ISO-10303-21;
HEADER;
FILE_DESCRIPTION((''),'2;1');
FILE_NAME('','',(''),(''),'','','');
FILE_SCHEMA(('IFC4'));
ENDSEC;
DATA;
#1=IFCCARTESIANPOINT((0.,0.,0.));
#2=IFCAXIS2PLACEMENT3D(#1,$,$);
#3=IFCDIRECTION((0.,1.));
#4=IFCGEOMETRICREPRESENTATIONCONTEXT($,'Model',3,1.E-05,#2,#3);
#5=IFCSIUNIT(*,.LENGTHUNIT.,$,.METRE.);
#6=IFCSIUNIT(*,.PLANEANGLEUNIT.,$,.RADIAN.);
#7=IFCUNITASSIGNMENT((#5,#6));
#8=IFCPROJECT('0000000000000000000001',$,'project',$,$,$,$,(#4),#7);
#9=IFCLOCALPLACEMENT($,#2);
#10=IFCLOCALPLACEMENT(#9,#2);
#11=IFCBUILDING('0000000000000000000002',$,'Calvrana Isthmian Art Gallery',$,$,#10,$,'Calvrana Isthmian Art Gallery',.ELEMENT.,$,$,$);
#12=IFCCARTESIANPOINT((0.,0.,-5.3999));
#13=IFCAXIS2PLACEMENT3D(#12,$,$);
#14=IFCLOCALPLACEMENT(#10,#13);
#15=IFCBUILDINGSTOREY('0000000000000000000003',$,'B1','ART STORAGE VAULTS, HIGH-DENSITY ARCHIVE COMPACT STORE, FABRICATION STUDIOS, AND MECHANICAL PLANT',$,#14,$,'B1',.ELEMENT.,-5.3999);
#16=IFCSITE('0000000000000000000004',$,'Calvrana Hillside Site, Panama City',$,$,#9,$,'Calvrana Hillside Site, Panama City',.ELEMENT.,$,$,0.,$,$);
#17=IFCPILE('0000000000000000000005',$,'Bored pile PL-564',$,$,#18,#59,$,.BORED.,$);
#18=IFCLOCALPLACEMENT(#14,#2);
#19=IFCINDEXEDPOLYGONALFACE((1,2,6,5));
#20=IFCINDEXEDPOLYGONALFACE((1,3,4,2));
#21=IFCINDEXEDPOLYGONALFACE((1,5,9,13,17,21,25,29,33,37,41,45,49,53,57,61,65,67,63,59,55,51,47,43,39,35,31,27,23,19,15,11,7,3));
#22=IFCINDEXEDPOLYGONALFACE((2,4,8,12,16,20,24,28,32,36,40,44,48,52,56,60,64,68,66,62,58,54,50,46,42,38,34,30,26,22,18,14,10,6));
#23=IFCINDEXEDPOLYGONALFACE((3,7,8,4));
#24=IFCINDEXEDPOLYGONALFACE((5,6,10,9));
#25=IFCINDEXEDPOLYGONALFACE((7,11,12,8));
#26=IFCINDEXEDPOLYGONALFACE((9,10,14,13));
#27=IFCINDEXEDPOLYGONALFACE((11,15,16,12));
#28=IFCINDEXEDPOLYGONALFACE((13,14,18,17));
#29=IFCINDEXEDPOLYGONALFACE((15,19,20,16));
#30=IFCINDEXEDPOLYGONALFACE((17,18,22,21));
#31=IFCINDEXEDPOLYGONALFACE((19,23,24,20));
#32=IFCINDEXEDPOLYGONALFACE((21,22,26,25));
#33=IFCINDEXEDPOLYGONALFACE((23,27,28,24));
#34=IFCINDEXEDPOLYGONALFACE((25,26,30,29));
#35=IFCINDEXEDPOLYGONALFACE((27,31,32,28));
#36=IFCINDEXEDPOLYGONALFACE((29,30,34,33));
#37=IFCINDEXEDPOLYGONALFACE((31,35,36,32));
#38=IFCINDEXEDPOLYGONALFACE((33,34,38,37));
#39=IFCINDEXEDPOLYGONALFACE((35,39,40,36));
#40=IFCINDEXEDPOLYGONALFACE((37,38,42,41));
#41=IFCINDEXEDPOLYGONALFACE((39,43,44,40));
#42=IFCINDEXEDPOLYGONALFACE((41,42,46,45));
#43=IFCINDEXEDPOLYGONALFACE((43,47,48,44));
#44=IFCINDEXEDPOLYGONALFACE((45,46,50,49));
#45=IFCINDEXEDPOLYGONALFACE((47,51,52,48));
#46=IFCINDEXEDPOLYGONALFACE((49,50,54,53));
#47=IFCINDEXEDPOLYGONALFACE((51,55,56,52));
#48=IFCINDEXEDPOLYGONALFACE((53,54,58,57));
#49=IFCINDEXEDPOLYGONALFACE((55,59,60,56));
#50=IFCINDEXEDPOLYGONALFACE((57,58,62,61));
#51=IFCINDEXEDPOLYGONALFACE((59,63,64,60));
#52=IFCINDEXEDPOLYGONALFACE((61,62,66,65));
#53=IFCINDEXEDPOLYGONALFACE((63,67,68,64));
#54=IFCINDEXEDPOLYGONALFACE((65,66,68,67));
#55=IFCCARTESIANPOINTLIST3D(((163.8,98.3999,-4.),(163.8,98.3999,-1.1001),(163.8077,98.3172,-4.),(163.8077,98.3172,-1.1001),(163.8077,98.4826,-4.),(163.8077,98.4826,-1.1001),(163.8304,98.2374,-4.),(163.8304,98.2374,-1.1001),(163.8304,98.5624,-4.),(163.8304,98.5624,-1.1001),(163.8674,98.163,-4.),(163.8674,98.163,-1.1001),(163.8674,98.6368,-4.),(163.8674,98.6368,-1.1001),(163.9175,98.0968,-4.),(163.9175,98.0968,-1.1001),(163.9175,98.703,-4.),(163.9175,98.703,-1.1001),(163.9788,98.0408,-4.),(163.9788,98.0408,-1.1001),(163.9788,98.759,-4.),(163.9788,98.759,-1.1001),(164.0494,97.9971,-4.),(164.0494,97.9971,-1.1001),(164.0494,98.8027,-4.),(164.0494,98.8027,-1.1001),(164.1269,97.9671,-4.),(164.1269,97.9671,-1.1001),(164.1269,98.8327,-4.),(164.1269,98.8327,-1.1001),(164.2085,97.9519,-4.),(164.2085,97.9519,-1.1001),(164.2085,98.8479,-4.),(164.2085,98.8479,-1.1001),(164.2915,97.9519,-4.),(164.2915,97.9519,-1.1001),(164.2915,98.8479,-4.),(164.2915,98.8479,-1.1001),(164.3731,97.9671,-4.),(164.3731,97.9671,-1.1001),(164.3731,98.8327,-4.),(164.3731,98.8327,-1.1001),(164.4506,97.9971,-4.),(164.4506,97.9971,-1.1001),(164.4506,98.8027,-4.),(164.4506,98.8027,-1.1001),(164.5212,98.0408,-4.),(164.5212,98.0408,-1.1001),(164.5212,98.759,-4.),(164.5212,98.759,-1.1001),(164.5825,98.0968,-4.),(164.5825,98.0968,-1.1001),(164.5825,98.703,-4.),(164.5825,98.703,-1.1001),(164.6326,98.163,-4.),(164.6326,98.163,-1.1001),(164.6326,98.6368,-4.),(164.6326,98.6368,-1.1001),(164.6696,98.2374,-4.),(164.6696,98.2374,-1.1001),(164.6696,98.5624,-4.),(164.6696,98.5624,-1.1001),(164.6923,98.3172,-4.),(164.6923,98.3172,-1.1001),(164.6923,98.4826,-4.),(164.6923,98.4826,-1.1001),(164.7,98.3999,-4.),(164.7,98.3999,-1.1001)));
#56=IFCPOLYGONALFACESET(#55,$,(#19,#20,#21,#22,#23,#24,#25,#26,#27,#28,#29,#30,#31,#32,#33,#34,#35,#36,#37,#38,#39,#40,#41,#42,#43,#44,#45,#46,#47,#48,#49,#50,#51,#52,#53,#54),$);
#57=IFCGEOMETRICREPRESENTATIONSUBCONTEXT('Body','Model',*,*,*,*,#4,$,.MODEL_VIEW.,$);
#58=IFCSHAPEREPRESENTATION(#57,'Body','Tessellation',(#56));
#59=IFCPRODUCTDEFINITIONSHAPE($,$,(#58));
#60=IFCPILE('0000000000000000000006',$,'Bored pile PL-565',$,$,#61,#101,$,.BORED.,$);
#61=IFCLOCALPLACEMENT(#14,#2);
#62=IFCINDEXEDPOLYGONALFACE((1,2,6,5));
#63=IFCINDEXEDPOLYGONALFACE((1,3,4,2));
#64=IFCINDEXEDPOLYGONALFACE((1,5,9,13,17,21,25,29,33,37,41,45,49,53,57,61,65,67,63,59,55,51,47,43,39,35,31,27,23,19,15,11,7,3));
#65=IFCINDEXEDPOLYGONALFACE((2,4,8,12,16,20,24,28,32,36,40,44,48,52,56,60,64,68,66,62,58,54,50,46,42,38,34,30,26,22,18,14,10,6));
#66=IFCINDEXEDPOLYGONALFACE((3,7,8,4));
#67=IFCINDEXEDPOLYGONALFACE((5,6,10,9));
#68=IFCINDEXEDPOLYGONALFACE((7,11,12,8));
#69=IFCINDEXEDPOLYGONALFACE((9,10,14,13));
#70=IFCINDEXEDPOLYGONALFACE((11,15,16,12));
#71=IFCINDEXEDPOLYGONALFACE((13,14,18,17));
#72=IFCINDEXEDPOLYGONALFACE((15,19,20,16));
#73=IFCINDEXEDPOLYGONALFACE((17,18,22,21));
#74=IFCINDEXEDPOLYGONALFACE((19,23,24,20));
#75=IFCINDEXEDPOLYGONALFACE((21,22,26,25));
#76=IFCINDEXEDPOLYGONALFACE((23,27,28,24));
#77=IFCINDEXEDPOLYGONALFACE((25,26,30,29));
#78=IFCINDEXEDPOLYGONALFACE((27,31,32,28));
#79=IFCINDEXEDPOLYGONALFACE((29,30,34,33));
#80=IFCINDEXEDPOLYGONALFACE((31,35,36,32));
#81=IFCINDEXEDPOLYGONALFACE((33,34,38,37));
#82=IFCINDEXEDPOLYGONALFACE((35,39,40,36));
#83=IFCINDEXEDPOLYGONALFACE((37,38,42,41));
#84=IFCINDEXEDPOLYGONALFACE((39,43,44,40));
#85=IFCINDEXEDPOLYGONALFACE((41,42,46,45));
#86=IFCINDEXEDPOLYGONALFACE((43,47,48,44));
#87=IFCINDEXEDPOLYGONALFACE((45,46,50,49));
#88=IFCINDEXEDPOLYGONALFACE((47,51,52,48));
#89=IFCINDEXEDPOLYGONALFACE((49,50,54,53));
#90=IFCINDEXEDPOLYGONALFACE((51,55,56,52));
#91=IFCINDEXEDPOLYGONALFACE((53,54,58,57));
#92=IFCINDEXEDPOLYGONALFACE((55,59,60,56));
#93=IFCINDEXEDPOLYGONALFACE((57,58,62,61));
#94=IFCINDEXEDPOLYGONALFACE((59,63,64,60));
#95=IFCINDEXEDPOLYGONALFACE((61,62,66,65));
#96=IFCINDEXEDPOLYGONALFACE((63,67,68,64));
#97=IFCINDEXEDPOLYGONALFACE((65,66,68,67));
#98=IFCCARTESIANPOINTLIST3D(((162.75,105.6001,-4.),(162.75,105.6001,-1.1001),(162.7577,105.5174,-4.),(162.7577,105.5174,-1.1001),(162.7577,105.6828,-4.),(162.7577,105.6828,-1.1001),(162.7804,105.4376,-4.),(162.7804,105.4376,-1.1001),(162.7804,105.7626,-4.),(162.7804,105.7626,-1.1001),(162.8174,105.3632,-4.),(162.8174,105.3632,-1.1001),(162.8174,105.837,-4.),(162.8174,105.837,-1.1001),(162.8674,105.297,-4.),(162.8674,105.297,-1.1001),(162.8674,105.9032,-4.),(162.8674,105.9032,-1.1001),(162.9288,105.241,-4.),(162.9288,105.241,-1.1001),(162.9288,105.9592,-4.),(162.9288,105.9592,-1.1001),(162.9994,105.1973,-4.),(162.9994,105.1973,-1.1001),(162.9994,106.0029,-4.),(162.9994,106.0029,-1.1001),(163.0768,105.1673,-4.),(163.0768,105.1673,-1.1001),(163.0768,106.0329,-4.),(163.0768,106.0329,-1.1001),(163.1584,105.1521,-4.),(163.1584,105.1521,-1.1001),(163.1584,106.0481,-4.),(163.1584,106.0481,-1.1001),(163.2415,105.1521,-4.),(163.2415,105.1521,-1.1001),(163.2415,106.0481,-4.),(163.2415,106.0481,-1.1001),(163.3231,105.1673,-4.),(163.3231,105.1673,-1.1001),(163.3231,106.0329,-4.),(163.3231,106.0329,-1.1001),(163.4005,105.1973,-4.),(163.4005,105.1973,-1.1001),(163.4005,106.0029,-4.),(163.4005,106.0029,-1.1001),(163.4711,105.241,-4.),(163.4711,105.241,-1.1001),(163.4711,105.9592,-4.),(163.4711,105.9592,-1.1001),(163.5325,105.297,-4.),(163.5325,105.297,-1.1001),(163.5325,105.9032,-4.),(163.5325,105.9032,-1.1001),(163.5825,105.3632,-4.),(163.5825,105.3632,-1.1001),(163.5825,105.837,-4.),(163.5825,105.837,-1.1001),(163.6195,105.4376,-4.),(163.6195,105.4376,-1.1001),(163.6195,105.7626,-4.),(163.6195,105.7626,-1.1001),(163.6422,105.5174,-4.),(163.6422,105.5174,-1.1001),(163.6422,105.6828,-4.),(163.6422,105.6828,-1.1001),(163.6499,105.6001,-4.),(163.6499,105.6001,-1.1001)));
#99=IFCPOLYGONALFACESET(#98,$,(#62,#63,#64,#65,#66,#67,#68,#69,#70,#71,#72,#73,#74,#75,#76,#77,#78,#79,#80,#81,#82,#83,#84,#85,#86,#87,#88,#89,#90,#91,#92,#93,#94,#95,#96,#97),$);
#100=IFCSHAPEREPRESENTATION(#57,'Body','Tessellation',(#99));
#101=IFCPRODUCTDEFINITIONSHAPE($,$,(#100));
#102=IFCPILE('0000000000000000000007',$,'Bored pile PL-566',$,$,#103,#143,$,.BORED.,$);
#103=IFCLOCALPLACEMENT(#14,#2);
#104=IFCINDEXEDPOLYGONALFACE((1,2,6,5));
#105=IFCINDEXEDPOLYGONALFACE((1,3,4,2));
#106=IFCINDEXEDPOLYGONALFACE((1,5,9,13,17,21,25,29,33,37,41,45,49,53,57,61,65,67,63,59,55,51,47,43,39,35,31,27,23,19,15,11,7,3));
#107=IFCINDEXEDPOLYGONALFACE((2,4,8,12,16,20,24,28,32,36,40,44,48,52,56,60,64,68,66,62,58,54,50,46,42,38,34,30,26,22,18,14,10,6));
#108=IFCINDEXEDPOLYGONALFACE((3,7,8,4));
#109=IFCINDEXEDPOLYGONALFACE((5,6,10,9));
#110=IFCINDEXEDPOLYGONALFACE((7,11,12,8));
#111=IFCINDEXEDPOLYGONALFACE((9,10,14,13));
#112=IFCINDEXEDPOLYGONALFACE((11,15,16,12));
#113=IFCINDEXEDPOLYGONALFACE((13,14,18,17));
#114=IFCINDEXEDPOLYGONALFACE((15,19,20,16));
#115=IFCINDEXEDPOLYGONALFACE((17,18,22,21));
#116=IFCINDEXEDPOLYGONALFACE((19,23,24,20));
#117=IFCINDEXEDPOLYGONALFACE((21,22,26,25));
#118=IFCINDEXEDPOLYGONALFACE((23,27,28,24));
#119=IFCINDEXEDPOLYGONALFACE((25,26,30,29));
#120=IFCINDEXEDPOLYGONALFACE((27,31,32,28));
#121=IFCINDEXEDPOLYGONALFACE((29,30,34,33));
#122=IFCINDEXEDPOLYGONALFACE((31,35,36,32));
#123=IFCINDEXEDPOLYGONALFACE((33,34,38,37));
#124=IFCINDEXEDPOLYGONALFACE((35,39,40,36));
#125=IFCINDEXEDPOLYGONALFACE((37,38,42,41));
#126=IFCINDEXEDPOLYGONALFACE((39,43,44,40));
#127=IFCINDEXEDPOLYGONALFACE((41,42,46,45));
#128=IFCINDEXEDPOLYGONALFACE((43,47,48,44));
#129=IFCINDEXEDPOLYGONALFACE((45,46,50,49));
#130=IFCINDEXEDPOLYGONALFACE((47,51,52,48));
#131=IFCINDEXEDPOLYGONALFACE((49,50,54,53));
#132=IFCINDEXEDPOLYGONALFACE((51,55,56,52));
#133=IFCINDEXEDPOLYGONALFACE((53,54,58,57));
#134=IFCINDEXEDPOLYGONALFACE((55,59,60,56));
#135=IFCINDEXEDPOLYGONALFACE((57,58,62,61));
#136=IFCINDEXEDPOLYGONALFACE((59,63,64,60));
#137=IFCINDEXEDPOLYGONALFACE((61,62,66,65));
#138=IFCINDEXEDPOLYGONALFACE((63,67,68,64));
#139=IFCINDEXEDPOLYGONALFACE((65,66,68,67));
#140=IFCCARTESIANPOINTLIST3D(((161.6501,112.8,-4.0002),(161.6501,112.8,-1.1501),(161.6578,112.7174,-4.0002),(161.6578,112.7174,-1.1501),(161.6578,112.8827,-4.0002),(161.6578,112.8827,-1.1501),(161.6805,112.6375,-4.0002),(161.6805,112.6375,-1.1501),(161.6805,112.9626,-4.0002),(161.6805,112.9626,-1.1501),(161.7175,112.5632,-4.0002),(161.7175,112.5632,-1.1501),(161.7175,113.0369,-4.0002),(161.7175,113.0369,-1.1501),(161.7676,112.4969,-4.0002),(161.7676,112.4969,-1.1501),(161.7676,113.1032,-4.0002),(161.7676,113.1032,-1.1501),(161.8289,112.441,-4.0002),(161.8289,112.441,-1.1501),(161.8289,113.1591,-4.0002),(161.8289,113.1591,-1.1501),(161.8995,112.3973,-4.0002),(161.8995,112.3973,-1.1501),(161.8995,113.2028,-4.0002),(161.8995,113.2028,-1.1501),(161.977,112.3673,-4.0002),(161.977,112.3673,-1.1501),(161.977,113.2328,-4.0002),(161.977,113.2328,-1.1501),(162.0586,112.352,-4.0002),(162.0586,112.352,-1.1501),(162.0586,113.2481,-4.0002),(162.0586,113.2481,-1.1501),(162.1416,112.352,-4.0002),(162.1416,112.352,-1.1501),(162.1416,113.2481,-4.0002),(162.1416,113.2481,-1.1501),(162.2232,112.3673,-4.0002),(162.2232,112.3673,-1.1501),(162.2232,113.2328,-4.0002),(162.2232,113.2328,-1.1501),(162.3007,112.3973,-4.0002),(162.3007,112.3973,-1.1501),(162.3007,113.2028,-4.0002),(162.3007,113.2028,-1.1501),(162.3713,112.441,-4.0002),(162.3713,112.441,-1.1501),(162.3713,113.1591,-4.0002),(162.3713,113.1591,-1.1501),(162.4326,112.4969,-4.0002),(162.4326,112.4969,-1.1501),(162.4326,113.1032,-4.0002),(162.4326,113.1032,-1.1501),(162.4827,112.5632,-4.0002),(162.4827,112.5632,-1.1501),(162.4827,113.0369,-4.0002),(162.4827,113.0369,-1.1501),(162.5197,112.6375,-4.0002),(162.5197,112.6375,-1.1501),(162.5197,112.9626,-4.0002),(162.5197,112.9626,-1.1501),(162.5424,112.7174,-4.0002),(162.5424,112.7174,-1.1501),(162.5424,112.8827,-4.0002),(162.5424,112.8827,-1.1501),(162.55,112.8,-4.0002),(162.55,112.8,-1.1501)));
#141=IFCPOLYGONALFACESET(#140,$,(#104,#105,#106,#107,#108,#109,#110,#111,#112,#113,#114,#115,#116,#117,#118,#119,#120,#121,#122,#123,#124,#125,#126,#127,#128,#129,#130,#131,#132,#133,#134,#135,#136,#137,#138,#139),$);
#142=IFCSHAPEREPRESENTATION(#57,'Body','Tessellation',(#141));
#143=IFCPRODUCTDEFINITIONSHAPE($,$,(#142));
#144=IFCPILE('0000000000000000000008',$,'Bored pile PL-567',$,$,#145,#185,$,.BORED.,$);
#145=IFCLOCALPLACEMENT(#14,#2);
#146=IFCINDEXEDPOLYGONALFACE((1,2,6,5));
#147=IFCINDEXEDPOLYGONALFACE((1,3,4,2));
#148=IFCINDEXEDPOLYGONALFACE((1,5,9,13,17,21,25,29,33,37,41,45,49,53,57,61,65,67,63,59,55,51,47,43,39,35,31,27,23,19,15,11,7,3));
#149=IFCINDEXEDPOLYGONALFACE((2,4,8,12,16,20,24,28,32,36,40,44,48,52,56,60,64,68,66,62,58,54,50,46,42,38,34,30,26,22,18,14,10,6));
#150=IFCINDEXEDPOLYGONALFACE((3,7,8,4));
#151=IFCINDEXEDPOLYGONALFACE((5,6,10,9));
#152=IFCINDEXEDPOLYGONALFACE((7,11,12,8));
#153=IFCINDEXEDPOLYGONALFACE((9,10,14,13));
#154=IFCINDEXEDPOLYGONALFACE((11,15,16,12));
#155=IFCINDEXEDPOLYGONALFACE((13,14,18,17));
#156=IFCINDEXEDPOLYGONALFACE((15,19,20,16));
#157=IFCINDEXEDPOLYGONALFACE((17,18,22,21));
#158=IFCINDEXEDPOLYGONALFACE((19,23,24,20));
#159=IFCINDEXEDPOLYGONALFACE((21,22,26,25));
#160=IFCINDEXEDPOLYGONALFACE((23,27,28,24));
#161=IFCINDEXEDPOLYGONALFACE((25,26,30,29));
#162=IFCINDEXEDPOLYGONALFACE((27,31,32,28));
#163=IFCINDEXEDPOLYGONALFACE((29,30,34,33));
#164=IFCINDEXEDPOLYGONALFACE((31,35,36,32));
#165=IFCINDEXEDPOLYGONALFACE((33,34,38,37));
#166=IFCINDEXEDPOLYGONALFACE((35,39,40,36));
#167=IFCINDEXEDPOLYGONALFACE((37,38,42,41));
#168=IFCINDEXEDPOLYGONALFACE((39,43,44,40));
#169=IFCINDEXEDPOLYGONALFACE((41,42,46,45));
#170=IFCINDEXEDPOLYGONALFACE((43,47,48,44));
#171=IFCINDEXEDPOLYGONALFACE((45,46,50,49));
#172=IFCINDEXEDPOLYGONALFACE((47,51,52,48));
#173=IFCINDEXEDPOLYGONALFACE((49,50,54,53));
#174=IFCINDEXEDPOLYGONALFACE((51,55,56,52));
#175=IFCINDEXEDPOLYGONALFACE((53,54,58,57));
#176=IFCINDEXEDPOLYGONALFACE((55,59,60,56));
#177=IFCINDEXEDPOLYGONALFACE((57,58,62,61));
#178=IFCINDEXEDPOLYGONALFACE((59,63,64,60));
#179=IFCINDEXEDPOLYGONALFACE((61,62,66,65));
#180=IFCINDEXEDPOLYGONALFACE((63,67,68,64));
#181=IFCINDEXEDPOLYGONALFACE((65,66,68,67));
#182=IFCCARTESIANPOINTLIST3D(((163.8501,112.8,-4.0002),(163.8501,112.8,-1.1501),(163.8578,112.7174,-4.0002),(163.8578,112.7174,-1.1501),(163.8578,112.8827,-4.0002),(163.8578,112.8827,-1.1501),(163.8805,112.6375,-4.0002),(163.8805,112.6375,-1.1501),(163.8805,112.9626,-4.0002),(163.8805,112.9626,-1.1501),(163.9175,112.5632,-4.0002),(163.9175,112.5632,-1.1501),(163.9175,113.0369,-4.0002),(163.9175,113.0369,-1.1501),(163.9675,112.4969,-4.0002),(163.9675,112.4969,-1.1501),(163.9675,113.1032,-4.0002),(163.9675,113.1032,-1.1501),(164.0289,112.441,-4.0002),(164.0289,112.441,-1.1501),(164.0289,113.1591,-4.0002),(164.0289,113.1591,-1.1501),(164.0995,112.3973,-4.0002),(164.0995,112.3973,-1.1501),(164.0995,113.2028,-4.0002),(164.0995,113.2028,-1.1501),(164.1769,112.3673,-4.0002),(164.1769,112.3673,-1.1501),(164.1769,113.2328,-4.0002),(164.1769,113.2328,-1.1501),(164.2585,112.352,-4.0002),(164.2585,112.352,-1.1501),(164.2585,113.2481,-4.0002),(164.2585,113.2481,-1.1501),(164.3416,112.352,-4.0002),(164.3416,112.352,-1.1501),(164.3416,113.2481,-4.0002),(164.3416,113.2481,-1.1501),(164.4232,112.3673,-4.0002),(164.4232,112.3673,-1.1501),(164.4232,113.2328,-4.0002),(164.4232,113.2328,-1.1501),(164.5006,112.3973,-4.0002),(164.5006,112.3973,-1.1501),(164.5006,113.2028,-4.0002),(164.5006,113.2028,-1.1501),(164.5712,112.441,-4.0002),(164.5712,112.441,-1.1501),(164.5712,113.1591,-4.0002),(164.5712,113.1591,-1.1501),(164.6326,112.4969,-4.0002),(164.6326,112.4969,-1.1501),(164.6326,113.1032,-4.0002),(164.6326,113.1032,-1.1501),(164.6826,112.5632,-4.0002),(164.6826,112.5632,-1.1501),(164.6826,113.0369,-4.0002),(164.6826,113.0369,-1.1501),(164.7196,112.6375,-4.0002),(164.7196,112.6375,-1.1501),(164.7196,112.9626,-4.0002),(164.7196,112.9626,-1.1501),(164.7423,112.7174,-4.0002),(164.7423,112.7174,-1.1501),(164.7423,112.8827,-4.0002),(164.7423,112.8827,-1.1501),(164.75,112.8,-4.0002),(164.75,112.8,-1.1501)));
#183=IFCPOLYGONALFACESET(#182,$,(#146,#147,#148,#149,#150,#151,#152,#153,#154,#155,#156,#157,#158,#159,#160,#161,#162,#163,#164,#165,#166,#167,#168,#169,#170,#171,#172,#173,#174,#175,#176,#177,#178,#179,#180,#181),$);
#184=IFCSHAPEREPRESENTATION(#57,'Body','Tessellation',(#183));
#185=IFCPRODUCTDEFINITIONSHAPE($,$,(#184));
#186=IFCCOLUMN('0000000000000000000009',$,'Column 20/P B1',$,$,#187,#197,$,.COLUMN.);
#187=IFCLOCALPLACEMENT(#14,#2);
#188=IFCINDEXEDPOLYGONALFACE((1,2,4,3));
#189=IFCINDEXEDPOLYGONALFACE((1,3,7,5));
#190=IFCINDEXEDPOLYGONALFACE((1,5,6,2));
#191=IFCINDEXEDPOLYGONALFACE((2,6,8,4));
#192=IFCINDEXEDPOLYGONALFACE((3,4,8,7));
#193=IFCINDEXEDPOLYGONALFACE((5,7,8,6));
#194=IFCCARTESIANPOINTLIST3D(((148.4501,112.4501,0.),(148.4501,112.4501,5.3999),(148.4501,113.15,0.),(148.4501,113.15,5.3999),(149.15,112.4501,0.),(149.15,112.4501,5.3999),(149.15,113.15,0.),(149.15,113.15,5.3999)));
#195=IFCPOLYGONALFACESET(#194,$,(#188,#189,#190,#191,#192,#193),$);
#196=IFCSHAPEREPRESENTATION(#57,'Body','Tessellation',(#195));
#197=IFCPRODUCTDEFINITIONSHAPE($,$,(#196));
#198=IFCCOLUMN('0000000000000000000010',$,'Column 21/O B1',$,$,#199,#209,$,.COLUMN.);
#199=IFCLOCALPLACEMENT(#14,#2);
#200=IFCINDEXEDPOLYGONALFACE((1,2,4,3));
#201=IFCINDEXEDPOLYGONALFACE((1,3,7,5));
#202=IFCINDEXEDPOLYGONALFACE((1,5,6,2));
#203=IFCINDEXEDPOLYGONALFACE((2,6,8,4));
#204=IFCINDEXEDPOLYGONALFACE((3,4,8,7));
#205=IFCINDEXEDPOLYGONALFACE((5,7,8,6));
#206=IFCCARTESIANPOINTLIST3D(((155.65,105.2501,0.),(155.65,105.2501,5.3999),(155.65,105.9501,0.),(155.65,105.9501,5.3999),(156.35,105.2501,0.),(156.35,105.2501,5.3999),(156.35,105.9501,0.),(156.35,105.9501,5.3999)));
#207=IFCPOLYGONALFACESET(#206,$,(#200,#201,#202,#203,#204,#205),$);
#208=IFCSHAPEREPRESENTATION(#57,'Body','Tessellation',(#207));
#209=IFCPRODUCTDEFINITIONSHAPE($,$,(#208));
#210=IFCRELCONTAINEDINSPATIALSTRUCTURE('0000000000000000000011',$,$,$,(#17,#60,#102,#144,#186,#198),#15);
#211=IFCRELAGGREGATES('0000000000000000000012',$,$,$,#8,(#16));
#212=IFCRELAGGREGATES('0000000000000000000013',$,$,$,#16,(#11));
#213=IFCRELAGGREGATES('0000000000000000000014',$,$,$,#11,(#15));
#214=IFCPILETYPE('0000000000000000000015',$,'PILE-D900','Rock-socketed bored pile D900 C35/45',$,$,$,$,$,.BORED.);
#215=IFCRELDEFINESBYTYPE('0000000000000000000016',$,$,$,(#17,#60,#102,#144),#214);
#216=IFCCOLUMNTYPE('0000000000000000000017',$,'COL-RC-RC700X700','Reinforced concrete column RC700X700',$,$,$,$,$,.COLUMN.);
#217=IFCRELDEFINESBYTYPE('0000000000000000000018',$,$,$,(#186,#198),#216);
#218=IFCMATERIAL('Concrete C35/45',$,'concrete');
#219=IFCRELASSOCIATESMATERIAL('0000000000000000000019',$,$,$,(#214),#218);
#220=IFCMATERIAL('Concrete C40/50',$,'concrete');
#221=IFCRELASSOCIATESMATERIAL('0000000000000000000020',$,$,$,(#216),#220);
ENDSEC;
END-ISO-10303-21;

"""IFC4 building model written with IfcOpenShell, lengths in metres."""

from ifc_helpers import new_model, si_unit, direction, frame, origin, origin_2d, place, context, subcontext, project, spatial, rectangle, circle, extrude, material, material_profile, profile_set, type_object, element, save


model = new_model("IFC4")

# Units and contexts
model_context = context("Model", 3, precision=1e-05, world=origin(), true_north=direction((0.0, 1.0)))
body_context = subcontext(model_context, "Body", "Model", "MODEL_VIEW")
ifc_project = project(units=[si_unit("LENGTHUNIT", "METRE"), si_unit("PLANEANGLEUNIT", "RADIAN")], contexts=[model_context])

# Site, building, storey
site_placement = place(None, origin())
site = spatial("IfcSite", under=ifc_project, at=site_placement, Name="Calvrana Hillside Site, Panama City", LongName="Calvrana Hillside Site, Panama City", CompositionType="ELEMENT", RefElevation=0.0)
building_placement = place(site_placement, origin())
building = spatial("IfcBuilding", under=site, at=building_placement, Name="Calvrana Isthmian Art Gallery", LongName="Calvrana Isthmian Art Gallery", CompositionType="ELEMENT")
storey_placement = place(building_placement, frame((0.0, 0.0, -5.3999)))
storey = spatial("IfcBuildingStorey", under=building, at=storey_placement, Name="B1", Description="ART STORAGE VAULTS, HIGH-DENSITY ARCHIVE COMPACT STORE, FABRICATION STUDIOS, AND MECHANICAL PLANT", LongName="B1", CompositionType="ELEMENT", Elevation=-5.3999)

# Shared definitions
ifc_material_1 = material(Name="Concrete C35/45", Category="concrete")

# Piles
ifc_material_profile_1 = material_profile(ifc_material_1, circle(Radius=0.45, at=origin_2d()), Name="PILE900D")
ifc_profile_set_1 = profile_set([ifc_material_profile_1], Name="Concrete C35/45")
pile_type = type_object("IfcPileType", Name="PILE-D900", Description="Rock-socketed bored pile D900 C35/45", PredefinedType="BORED", material=ifc_profile_set_1)
for number, where, z_axis, x_axis, name in (
    (1, (164.25, 98.3999, -1.1001), (0.0, 0.0, -1.0), (1.0, 0.0, 0.0), "Bored pile PL-564"),
    (2, (163.2, 105.6001, -1.1001), (0.0, 0.0, -1.0), (1.0, 0.0, 0.0), "Bored pile PL-565"),
):
    element("IfcPile", number, at=place(storey_placement, frame(where, z_axis=z_axis, x_axis=x_axis)), inside=storey, type_object=pile_type, Name=name, PredefinedType="BORED", context=body_context, shape_type="SweptSolid", body=[
        extrude(circle(Radius=0.45, at=origin_2d()), origin(), (0.0, 0.0, 1.0), 2.8999),
    ])
for number, where, z_axis, x_axis, name in (
    (3, (162.1001, 112.8, -1.1501), (0.0, 0.0, -1.0), (1.0, 0.0, 0.0), "Bored pile PL-566"),
    (4, (164.3, 112.8, -1.1501), (0.0, 0.0, -1.0), (1.0, 0.0, 0.0), "Bored pile PL-567"),
):
    element("IfcPile", number, at=place(storey_placement, frame(where, z_axis=z_axis, x_axis=x_axis)), inside=storey, type_object=pile_type, Name=name, PredefinedType="BORED", context=body_context, shape_type="SweptSolid", body=[
        extrude(circle(Radius=0.45, at=origin_2d()), origin(), (0.0, 0.0, 1.0), 2.8501),
    ])

# Columns
ifc_material_2 = material(Name="Concrete C40/50", Category="concrete")
ifc_material_profile_2 = material_profile(ifc_material_2, rectangle(XDim=0.7, YDim=0.7, at=origin_2d()), Name="RC700X700")
ifc_profile_set_2 = profile_set([ifc_material_profile_2], Name="Concrete C40/50")
column_type_1 = type_object("IfcColumnType", Name="COL-RC-RC700X700", Description="Reinforced concrete column RC700X700", PredefinedType="COLUMN", material=ifc_profile_set_2)
for number, where, z_axis, x_axis, name in (
    (5, (148.8, 112.8, 0.0), (0.0, 0.0, 1.0), (1.0, 0.0, 0.0), "Column 20/P B1"),
    (6, (156.0, 105.6001, 0.0), (0.0, 0.0, 1.0), (1.0, 0.0, 0.0), "Column 21/O B1"),
):
    element("IfcColumn", number, at=place(storey_placement, frame(where, z_axis=z_axis, x_axis=x_axis)), inside=storey, type_object=column_type_1, Name=name, PredefinedType="COLUMN", context=body_context, shape_type="SweptSolid", body=[
        extrude(rectangle(XDim=0.7, YDim=0.7, at=origin_2d()), origin(), (0.0, 0.0, 1.0), 5.3999),
    ])

save(model, "model.ifc")
